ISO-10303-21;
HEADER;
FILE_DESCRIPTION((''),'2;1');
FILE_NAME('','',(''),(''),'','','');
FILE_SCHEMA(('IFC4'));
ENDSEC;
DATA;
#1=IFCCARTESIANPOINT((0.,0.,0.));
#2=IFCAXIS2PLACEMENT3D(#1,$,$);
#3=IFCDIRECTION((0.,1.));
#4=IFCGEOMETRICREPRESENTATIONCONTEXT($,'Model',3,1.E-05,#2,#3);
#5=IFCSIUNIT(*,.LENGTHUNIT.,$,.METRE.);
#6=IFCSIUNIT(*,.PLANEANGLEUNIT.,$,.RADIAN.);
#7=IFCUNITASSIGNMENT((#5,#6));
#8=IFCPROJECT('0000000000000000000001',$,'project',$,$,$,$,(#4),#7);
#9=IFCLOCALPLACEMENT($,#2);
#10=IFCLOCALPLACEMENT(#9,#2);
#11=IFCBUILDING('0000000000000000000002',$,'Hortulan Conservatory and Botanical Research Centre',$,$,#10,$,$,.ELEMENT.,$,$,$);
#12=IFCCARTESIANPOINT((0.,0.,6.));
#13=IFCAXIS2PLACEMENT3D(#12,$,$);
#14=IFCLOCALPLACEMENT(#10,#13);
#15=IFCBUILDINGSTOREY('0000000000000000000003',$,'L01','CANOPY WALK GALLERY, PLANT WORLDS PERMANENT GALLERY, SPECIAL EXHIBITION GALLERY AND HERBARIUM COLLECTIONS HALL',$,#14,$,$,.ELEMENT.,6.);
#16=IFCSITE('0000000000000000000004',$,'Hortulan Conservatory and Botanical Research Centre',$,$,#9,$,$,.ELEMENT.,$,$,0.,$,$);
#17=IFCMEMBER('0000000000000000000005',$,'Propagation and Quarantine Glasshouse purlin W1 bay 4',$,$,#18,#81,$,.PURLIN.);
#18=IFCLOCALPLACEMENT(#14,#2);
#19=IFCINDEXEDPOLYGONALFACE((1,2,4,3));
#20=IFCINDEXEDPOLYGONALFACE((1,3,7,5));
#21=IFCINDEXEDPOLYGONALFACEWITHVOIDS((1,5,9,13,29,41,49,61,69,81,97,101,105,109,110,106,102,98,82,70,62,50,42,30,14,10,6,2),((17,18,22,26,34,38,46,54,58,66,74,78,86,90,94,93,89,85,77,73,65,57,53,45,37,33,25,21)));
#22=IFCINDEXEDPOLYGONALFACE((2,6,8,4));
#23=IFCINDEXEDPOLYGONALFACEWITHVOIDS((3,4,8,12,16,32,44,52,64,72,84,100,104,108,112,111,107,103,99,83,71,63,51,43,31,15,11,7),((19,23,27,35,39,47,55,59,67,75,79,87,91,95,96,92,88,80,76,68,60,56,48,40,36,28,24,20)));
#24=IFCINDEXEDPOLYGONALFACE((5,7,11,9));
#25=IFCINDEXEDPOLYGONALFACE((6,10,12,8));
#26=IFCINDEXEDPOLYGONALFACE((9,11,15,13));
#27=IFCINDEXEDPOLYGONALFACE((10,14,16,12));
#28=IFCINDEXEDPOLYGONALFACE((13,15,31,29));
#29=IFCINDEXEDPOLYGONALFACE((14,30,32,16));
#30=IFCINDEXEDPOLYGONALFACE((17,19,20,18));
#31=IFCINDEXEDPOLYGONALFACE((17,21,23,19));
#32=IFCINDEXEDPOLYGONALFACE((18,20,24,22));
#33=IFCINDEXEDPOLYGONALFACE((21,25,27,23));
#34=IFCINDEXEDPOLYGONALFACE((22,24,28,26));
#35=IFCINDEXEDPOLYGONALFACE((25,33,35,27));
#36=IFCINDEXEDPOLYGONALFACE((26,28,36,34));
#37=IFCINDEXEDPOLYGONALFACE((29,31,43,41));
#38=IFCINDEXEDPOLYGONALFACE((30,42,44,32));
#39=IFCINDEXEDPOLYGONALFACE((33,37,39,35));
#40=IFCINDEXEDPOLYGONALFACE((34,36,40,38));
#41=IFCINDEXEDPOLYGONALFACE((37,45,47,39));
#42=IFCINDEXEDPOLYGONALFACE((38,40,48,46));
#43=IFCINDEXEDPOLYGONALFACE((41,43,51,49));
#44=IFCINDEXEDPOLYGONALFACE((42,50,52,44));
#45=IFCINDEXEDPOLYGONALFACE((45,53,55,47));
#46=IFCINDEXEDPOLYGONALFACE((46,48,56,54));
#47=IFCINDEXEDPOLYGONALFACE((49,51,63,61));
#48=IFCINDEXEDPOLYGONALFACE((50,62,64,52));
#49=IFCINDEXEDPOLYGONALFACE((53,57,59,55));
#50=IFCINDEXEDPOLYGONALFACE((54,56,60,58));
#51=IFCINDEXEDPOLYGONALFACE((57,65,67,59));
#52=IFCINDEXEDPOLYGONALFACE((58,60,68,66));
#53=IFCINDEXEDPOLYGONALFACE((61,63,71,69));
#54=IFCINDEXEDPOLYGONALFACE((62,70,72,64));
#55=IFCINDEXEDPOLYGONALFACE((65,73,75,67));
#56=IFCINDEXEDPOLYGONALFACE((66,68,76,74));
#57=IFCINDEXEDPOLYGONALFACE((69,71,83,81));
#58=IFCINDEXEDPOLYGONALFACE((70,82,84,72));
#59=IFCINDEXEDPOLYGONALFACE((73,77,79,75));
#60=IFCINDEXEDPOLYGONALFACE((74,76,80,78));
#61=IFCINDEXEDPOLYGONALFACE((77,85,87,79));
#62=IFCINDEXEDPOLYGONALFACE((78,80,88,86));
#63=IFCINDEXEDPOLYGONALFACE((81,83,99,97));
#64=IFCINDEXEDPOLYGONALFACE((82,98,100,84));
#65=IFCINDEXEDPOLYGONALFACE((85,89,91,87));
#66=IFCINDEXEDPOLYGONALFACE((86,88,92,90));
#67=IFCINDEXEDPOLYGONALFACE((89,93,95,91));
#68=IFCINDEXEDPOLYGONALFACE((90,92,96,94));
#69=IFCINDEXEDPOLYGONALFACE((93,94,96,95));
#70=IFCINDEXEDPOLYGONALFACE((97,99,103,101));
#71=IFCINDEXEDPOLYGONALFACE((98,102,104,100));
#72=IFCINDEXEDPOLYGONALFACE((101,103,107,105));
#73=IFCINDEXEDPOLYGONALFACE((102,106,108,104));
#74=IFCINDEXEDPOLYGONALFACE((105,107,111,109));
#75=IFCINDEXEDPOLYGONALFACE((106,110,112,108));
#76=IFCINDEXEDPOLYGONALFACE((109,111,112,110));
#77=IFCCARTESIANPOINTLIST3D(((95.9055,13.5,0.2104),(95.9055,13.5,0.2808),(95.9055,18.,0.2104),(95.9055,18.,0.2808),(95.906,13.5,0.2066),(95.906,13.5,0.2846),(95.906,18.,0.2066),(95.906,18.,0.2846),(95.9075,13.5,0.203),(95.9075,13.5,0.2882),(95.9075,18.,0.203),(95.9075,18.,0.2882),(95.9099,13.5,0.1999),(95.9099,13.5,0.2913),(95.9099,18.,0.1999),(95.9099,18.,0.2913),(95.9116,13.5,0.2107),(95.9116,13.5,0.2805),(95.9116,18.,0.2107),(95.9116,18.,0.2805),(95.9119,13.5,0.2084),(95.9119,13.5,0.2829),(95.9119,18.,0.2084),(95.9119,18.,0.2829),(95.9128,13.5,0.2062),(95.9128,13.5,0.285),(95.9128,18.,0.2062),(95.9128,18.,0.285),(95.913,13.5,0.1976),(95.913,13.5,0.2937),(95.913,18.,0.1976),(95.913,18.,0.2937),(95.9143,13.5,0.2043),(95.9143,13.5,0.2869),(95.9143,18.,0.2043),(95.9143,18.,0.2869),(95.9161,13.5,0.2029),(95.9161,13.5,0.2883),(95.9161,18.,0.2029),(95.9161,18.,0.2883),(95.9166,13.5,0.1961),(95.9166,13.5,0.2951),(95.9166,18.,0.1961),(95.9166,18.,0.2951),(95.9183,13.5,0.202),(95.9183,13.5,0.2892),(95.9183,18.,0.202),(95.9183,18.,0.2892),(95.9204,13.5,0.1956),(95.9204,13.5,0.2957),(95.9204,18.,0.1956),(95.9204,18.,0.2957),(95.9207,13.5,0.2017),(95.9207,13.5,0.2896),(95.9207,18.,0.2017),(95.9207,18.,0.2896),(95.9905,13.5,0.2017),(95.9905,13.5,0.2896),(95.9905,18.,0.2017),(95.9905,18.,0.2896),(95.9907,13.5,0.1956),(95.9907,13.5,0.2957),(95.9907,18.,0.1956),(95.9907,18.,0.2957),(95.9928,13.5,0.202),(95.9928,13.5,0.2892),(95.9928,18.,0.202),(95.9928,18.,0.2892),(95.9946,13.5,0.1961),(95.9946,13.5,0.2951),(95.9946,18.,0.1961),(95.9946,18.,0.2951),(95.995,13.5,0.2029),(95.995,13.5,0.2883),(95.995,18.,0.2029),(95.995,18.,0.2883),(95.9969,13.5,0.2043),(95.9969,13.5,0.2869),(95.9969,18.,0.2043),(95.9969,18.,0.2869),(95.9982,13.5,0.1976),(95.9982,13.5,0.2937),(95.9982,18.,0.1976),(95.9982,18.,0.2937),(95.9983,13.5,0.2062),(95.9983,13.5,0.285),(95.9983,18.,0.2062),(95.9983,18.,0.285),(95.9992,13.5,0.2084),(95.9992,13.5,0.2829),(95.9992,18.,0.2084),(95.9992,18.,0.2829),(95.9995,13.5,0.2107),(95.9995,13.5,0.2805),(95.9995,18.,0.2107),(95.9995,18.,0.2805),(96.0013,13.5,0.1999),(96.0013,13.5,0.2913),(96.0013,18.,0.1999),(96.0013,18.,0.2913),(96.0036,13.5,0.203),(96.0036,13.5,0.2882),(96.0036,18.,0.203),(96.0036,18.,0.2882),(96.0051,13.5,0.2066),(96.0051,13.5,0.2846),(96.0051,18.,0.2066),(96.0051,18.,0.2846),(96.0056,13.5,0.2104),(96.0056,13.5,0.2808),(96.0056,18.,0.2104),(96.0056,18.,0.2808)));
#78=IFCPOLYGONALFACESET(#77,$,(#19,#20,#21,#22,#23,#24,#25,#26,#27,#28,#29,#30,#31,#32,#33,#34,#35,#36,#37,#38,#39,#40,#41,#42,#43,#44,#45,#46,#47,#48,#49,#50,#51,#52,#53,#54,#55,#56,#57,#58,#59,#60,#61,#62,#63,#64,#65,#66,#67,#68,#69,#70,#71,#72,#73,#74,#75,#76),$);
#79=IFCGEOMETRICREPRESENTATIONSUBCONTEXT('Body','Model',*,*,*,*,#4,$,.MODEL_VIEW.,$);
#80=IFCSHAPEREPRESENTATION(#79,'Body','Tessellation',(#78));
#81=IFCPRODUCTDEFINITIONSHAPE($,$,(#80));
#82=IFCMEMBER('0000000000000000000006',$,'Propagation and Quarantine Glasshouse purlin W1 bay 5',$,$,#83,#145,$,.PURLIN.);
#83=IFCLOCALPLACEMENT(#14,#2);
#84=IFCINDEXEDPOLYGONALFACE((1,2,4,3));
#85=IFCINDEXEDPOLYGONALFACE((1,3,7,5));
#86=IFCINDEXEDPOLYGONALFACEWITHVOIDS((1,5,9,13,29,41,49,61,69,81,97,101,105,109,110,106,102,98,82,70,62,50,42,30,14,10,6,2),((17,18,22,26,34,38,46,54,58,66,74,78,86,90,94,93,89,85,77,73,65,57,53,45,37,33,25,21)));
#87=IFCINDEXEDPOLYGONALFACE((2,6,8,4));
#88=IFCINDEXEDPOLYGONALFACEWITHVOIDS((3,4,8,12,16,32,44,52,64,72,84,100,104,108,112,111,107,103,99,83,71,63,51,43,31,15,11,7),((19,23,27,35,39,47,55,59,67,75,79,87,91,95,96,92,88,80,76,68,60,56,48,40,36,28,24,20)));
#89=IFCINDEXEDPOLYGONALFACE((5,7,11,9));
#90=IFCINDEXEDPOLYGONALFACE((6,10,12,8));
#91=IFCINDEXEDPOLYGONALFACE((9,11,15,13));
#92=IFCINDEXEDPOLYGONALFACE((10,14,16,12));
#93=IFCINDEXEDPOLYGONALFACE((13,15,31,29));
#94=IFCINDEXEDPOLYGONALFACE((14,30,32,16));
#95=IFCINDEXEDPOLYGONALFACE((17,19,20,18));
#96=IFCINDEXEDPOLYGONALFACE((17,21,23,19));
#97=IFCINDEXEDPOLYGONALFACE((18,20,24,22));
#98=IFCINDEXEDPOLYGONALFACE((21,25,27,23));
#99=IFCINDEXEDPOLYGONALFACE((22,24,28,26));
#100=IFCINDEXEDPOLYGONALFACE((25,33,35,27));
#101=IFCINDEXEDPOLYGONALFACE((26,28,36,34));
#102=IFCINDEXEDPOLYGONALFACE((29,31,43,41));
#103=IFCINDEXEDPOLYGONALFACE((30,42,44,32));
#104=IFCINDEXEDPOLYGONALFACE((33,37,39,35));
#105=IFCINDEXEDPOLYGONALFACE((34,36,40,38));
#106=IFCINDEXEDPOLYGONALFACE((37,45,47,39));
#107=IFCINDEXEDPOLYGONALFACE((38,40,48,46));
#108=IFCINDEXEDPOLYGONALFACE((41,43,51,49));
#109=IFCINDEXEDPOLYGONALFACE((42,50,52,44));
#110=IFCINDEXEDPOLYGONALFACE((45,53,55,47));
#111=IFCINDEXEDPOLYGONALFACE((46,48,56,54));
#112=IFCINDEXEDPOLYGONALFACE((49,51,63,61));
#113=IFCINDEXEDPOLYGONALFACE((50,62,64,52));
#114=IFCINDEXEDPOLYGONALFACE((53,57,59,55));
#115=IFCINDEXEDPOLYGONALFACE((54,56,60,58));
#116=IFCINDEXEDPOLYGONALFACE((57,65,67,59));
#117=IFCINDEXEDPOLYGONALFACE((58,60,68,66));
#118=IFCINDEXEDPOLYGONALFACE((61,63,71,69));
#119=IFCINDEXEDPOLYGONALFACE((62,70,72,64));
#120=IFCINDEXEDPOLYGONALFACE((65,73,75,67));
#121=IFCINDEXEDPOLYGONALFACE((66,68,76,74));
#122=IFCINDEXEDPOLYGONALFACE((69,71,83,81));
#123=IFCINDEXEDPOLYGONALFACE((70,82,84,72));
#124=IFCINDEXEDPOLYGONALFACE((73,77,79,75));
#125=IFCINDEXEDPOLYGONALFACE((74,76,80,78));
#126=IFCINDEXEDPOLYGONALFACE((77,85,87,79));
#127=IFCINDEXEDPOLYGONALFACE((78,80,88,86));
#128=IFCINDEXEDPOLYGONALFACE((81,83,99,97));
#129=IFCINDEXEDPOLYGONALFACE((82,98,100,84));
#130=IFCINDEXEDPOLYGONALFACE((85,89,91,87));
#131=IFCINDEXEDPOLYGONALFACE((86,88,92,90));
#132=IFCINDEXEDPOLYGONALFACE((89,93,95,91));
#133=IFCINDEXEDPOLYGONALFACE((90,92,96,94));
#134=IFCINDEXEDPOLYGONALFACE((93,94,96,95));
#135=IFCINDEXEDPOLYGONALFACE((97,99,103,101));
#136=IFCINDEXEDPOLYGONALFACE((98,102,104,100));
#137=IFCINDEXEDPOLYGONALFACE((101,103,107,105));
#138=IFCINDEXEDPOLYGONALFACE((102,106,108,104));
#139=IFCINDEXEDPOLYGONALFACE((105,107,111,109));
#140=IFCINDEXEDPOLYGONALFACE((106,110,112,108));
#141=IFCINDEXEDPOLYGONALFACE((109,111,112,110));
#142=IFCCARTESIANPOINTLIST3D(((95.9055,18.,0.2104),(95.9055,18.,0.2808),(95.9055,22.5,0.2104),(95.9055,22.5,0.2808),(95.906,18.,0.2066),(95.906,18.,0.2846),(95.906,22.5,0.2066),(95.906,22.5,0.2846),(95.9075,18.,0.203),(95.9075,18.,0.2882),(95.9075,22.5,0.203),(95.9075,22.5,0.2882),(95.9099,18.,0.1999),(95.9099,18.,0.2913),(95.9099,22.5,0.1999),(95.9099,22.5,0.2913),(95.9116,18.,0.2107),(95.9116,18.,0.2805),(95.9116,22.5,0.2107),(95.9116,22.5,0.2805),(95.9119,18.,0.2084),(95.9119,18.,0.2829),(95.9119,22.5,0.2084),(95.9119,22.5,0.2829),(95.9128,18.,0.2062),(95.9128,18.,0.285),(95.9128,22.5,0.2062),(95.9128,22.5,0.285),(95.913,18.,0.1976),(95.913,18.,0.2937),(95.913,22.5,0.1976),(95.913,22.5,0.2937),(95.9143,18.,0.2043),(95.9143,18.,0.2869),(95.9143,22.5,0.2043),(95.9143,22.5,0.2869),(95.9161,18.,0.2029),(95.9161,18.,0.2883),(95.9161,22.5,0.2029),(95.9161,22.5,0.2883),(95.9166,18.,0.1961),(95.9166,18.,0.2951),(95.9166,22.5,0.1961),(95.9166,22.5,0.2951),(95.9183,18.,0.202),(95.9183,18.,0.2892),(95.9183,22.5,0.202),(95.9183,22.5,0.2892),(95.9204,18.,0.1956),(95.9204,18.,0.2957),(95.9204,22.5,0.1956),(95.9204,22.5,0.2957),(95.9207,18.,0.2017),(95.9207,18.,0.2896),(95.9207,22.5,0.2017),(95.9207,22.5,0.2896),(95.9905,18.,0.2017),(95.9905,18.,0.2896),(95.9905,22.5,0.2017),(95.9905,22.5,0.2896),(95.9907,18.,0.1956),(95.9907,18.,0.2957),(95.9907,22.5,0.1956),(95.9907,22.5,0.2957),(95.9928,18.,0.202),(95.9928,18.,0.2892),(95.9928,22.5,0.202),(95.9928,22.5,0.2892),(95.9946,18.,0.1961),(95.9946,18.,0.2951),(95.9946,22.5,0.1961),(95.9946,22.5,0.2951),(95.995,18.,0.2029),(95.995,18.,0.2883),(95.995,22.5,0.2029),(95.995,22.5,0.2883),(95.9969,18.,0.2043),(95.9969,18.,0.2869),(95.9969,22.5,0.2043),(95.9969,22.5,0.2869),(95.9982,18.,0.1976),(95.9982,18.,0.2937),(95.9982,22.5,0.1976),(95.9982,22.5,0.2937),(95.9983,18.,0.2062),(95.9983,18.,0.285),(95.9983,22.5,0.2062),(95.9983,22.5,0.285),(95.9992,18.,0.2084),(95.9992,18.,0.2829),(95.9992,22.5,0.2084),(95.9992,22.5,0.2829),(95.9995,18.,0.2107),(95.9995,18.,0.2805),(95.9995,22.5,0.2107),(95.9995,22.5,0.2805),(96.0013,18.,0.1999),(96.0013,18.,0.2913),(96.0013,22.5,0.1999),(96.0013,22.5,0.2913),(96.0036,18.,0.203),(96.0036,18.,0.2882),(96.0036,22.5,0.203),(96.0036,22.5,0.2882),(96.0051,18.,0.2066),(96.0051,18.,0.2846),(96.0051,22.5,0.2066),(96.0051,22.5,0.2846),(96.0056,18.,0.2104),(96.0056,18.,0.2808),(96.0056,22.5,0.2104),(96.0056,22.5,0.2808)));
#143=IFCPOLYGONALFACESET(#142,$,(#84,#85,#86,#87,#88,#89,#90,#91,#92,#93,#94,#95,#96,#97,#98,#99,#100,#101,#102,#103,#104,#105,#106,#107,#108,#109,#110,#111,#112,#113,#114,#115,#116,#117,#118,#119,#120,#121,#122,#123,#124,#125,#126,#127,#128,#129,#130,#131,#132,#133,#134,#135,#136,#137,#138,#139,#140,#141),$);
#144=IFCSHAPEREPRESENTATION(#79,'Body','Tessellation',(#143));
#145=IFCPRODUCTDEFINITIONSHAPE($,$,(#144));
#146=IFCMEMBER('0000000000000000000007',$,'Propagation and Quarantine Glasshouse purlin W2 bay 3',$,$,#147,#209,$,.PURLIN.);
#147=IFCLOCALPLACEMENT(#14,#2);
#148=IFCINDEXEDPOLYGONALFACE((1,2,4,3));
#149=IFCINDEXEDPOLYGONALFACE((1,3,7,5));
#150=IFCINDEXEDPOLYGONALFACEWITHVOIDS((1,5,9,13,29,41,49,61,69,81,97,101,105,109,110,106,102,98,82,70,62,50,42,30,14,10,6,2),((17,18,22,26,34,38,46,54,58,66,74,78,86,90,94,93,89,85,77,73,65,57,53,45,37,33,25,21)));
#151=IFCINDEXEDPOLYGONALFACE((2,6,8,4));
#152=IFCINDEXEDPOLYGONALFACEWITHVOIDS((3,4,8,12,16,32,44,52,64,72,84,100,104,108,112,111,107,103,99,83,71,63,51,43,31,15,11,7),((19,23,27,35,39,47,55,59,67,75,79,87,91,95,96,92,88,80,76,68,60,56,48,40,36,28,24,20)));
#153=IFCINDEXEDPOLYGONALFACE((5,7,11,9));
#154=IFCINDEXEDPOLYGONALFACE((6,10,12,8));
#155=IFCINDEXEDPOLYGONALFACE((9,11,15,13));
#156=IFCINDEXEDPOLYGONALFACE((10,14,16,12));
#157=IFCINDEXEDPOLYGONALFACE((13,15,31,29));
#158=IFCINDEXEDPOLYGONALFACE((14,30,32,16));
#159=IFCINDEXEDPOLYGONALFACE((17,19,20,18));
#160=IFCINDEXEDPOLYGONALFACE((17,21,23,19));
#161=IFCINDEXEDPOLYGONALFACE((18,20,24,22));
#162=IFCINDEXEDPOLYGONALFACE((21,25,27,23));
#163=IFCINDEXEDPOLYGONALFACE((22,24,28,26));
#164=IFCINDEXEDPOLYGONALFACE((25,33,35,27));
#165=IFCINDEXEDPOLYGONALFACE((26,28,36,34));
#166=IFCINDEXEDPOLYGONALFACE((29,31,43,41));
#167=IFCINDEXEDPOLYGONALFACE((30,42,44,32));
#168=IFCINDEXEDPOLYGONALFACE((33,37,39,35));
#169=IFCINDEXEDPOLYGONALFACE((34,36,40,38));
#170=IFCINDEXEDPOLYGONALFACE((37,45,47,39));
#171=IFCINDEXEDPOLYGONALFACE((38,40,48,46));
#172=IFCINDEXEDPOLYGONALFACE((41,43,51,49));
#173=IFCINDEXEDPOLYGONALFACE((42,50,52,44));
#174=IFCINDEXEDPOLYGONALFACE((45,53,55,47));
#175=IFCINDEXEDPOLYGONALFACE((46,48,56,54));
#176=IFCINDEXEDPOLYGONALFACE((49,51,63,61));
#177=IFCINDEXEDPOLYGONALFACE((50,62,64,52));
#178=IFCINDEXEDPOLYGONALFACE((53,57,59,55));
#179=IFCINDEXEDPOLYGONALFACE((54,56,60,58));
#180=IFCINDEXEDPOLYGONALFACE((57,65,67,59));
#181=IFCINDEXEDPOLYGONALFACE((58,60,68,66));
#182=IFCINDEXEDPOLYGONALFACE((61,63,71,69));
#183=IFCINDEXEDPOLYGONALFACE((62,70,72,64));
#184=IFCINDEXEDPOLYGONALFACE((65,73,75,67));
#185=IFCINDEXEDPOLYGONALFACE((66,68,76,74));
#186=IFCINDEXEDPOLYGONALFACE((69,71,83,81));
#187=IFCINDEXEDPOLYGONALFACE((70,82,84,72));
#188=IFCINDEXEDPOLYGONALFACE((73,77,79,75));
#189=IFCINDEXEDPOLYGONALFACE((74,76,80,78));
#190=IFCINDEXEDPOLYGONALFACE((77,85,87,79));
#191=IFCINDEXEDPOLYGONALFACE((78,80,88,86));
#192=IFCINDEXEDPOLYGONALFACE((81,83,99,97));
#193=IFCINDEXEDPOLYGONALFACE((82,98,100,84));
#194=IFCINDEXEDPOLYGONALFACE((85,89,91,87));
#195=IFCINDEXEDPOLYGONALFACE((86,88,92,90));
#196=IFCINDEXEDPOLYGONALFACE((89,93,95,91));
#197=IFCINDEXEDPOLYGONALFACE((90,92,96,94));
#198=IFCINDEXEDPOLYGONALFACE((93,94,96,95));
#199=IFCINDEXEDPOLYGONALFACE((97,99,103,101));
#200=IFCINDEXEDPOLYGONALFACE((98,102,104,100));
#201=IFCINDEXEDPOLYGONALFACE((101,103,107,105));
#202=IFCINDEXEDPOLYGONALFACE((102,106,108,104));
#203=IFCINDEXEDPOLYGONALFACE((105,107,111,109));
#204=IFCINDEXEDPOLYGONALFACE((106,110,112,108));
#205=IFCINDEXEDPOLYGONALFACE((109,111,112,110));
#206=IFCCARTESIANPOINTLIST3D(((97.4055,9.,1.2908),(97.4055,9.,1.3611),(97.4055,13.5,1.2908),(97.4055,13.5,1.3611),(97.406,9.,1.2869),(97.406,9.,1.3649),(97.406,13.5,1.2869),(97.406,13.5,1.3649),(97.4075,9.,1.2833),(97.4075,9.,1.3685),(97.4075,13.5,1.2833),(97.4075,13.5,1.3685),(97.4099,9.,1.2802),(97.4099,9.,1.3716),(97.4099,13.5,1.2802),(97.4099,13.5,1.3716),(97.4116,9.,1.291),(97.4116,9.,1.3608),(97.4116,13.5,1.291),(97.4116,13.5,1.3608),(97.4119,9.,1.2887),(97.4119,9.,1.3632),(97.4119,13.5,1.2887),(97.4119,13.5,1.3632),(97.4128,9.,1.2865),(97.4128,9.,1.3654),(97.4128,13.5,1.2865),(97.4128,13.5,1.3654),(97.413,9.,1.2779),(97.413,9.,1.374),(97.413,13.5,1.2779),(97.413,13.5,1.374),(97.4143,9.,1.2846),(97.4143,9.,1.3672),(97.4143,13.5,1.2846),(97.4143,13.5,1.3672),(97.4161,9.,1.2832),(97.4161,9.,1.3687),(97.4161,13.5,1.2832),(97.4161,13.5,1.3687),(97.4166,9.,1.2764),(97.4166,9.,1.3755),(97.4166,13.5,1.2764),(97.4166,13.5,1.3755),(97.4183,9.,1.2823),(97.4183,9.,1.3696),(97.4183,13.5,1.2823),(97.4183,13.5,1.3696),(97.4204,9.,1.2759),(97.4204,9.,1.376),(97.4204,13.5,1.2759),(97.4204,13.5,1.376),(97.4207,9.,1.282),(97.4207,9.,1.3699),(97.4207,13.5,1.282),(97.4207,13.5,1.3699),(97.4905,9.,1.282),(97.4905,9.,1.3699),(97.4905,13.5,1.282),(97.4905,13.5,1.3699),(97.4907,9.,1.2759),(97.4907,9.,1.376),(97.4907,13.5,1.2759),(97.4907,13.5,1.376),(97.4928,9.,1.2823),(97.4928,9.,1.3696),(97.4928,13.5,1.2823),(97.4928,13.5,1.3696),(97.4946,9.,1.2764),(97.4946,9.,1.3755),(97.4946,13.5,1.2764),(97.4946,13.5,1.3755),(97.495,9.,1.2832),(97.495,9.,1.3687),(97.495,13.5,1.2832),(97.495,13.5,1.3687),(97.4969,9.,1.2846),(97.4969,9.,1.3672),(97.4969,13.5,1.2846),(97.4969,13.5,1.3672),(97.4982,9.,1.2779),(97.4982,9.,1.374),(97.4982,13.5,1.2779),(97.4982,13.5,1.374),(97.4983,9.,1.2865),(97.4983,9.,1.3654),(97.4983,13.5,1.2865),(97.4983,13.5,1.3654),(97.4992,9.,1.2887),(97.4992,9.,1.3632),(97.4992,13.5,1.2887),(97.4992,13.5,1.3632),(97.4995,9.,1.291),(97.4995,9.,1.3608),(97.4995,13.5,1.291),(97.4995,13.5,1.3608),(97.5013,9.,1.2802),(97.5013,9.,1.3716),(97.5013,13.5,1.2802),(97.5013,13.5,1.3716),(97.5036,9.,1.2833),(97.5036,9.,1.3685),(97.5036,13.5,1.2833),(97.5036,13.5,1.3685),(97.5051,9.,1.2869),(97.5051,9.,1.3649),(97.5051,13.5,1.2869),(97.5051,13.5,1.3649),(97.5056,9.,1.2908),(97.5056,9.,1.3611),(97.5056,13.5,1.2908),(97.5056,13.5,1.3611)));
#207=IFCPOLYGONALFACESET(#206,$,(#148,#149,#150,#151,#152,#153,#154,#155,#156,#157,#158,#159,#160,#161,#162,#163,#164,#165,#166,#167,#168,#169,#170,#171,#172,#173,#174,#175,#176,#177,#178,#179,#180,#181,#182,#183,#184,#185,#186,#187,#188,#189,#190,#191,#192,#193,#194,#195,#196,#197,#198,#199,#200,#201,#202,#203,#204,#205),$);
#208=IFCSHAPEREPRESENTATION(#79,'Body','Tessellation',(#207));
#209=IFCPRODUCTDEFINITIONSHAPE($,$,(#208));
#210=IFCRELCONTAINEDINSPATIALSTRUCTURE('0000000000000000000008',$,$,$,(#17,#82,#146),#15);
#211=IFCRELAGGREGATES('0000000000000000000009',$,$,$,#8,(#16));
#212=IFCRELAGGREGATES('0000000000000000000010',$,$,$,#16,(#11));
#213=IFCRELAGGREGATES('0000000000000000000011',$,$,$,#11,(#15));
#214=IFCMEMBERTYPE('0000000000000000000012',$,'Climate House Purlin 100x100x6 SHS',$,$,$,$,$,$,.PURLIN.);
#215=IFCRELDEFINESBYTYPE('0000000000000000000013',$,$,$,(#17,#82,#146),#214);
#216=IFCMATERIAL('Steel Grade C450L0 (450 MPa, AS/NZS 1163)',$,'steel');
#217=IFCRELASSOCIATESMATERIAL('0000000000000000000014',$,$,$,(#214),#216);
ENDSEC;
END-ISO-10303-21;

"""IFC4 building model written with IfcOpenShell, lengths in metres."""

from ifc_helpers import new_model, si_unit, direction, frame, origin, origin_2d, place, context, subcontext, project, spatial, hollow_rectangle, extrude, material, material_profile, profile_set, type_object, element, save


model = new_model("IFC4")

# Units and contexts
model_context = context("Model", 3, precision=1e-05, world=origin(), true_north=direction((0.0, 1.0)))
body_context = subcontext(model_context, "Body", "Model", "MODEL_VIEW")
ifc_project = project(units=[si_unit("LENGTHUNIT", "METRE"), si_unit("PLANEANGLEUNIT", "RADIAN")], contexts=[model_context])

# Site, building, storey
site_placement = place(None, origin())
site = spatial("IfcSite", under=ifc_project, at=site_placement, Name="Hortulan Conservatory and Botanical Research Centre", CompositionType="ELEMENT", RefElevation=0.0)
building_placement = place(site_placement, origin())
building = spatial("IfcBuilding", under=site, at=building_placement, Name="Hortulan Conservatory and Botanical Research Centre", CompositionType="ELEMENT")
storey_placement = place(building_placement, frame((0.0, 0.0, 6.0)))
storey = spatial("IfcBuildingStorey", under=building, at=storey_placement, Name="L01", Description="CANOPY WALK GALLERY, PLANT WORLDS PERMANENT GALLERY, SPECIAL EXHIBITION GALLERY AND HERBARIUM COLLECTIONS HALL", CompositionType="ELEMENT", Elevation=6.0)

# Members
ifc_material_1 = material(Name="Steel Grade C450L0 (450 MPa, AS/NZS 1163)", Category="steel")
ifc_material_profile_1 = material_profile(ifc_material_1, hollow_rectangle(XDim=0.1001, YDim=0.1001, WallThickness=0.0061, InnerFilletRadius=0.009, OuterFilletRadius=0.0149, at=origin_2d()), Name="100x100x6SHS")
ifc_profile_set_1 = profile_set([ifc_material_profile_1], Name="Steel Grade C450L0 (450 MPa, AS/NZS 1163)")
member_type_1 = type_object("IfcMemberType", Name="Climate House Purlin 100x100x6 SHS", PredefinedType="PURLIN", material=ifc_profile_set_1)
for number, where, z_axis, x_axis, name in (
    (1, (95.9556, 13.5, 0.2456), (0.0, 1.0, 0.0), (-1.0, 0.0, 0.0), "Propagation and Quarantine Glasshouse purlin W1 bay 4"),
    (2, (95.9556, 18.0, 0.2456), (0.0, 1.0, 0.0), (-1.0, 0.0, 0.0), "Propagation and Quarantine Glasshouse purlin W1 bay 5"),
    (3, (97.4556, 9.0, 1.3259), (0.0, 1.0, 0.0), (-1.0, 0.0, 0.0), "Propagation and Quarantine Glasshouse purlin W2 bay 3"),
):
    element("IfcMember", number, at=place(storey_placement, frame(where, z_axis=z_axis, x_axis=x_axis)), inside=storey, type_object=member_type_1, Name=name, PredefinedType="PURLIN", context=body_context, shape_type="SweptSolid", body=[
        extrude(hollow_rectangle(XDim=0.1001, YDim=0.1001, WallThickness=0.0061, InnerFilletRadius=0.009, OuterFilletRadius=0.0149, at=origin_2d()), origin(), (0.0, 0.0, 1.0), 4.5),
    ])

save(model, "model.ifc")
